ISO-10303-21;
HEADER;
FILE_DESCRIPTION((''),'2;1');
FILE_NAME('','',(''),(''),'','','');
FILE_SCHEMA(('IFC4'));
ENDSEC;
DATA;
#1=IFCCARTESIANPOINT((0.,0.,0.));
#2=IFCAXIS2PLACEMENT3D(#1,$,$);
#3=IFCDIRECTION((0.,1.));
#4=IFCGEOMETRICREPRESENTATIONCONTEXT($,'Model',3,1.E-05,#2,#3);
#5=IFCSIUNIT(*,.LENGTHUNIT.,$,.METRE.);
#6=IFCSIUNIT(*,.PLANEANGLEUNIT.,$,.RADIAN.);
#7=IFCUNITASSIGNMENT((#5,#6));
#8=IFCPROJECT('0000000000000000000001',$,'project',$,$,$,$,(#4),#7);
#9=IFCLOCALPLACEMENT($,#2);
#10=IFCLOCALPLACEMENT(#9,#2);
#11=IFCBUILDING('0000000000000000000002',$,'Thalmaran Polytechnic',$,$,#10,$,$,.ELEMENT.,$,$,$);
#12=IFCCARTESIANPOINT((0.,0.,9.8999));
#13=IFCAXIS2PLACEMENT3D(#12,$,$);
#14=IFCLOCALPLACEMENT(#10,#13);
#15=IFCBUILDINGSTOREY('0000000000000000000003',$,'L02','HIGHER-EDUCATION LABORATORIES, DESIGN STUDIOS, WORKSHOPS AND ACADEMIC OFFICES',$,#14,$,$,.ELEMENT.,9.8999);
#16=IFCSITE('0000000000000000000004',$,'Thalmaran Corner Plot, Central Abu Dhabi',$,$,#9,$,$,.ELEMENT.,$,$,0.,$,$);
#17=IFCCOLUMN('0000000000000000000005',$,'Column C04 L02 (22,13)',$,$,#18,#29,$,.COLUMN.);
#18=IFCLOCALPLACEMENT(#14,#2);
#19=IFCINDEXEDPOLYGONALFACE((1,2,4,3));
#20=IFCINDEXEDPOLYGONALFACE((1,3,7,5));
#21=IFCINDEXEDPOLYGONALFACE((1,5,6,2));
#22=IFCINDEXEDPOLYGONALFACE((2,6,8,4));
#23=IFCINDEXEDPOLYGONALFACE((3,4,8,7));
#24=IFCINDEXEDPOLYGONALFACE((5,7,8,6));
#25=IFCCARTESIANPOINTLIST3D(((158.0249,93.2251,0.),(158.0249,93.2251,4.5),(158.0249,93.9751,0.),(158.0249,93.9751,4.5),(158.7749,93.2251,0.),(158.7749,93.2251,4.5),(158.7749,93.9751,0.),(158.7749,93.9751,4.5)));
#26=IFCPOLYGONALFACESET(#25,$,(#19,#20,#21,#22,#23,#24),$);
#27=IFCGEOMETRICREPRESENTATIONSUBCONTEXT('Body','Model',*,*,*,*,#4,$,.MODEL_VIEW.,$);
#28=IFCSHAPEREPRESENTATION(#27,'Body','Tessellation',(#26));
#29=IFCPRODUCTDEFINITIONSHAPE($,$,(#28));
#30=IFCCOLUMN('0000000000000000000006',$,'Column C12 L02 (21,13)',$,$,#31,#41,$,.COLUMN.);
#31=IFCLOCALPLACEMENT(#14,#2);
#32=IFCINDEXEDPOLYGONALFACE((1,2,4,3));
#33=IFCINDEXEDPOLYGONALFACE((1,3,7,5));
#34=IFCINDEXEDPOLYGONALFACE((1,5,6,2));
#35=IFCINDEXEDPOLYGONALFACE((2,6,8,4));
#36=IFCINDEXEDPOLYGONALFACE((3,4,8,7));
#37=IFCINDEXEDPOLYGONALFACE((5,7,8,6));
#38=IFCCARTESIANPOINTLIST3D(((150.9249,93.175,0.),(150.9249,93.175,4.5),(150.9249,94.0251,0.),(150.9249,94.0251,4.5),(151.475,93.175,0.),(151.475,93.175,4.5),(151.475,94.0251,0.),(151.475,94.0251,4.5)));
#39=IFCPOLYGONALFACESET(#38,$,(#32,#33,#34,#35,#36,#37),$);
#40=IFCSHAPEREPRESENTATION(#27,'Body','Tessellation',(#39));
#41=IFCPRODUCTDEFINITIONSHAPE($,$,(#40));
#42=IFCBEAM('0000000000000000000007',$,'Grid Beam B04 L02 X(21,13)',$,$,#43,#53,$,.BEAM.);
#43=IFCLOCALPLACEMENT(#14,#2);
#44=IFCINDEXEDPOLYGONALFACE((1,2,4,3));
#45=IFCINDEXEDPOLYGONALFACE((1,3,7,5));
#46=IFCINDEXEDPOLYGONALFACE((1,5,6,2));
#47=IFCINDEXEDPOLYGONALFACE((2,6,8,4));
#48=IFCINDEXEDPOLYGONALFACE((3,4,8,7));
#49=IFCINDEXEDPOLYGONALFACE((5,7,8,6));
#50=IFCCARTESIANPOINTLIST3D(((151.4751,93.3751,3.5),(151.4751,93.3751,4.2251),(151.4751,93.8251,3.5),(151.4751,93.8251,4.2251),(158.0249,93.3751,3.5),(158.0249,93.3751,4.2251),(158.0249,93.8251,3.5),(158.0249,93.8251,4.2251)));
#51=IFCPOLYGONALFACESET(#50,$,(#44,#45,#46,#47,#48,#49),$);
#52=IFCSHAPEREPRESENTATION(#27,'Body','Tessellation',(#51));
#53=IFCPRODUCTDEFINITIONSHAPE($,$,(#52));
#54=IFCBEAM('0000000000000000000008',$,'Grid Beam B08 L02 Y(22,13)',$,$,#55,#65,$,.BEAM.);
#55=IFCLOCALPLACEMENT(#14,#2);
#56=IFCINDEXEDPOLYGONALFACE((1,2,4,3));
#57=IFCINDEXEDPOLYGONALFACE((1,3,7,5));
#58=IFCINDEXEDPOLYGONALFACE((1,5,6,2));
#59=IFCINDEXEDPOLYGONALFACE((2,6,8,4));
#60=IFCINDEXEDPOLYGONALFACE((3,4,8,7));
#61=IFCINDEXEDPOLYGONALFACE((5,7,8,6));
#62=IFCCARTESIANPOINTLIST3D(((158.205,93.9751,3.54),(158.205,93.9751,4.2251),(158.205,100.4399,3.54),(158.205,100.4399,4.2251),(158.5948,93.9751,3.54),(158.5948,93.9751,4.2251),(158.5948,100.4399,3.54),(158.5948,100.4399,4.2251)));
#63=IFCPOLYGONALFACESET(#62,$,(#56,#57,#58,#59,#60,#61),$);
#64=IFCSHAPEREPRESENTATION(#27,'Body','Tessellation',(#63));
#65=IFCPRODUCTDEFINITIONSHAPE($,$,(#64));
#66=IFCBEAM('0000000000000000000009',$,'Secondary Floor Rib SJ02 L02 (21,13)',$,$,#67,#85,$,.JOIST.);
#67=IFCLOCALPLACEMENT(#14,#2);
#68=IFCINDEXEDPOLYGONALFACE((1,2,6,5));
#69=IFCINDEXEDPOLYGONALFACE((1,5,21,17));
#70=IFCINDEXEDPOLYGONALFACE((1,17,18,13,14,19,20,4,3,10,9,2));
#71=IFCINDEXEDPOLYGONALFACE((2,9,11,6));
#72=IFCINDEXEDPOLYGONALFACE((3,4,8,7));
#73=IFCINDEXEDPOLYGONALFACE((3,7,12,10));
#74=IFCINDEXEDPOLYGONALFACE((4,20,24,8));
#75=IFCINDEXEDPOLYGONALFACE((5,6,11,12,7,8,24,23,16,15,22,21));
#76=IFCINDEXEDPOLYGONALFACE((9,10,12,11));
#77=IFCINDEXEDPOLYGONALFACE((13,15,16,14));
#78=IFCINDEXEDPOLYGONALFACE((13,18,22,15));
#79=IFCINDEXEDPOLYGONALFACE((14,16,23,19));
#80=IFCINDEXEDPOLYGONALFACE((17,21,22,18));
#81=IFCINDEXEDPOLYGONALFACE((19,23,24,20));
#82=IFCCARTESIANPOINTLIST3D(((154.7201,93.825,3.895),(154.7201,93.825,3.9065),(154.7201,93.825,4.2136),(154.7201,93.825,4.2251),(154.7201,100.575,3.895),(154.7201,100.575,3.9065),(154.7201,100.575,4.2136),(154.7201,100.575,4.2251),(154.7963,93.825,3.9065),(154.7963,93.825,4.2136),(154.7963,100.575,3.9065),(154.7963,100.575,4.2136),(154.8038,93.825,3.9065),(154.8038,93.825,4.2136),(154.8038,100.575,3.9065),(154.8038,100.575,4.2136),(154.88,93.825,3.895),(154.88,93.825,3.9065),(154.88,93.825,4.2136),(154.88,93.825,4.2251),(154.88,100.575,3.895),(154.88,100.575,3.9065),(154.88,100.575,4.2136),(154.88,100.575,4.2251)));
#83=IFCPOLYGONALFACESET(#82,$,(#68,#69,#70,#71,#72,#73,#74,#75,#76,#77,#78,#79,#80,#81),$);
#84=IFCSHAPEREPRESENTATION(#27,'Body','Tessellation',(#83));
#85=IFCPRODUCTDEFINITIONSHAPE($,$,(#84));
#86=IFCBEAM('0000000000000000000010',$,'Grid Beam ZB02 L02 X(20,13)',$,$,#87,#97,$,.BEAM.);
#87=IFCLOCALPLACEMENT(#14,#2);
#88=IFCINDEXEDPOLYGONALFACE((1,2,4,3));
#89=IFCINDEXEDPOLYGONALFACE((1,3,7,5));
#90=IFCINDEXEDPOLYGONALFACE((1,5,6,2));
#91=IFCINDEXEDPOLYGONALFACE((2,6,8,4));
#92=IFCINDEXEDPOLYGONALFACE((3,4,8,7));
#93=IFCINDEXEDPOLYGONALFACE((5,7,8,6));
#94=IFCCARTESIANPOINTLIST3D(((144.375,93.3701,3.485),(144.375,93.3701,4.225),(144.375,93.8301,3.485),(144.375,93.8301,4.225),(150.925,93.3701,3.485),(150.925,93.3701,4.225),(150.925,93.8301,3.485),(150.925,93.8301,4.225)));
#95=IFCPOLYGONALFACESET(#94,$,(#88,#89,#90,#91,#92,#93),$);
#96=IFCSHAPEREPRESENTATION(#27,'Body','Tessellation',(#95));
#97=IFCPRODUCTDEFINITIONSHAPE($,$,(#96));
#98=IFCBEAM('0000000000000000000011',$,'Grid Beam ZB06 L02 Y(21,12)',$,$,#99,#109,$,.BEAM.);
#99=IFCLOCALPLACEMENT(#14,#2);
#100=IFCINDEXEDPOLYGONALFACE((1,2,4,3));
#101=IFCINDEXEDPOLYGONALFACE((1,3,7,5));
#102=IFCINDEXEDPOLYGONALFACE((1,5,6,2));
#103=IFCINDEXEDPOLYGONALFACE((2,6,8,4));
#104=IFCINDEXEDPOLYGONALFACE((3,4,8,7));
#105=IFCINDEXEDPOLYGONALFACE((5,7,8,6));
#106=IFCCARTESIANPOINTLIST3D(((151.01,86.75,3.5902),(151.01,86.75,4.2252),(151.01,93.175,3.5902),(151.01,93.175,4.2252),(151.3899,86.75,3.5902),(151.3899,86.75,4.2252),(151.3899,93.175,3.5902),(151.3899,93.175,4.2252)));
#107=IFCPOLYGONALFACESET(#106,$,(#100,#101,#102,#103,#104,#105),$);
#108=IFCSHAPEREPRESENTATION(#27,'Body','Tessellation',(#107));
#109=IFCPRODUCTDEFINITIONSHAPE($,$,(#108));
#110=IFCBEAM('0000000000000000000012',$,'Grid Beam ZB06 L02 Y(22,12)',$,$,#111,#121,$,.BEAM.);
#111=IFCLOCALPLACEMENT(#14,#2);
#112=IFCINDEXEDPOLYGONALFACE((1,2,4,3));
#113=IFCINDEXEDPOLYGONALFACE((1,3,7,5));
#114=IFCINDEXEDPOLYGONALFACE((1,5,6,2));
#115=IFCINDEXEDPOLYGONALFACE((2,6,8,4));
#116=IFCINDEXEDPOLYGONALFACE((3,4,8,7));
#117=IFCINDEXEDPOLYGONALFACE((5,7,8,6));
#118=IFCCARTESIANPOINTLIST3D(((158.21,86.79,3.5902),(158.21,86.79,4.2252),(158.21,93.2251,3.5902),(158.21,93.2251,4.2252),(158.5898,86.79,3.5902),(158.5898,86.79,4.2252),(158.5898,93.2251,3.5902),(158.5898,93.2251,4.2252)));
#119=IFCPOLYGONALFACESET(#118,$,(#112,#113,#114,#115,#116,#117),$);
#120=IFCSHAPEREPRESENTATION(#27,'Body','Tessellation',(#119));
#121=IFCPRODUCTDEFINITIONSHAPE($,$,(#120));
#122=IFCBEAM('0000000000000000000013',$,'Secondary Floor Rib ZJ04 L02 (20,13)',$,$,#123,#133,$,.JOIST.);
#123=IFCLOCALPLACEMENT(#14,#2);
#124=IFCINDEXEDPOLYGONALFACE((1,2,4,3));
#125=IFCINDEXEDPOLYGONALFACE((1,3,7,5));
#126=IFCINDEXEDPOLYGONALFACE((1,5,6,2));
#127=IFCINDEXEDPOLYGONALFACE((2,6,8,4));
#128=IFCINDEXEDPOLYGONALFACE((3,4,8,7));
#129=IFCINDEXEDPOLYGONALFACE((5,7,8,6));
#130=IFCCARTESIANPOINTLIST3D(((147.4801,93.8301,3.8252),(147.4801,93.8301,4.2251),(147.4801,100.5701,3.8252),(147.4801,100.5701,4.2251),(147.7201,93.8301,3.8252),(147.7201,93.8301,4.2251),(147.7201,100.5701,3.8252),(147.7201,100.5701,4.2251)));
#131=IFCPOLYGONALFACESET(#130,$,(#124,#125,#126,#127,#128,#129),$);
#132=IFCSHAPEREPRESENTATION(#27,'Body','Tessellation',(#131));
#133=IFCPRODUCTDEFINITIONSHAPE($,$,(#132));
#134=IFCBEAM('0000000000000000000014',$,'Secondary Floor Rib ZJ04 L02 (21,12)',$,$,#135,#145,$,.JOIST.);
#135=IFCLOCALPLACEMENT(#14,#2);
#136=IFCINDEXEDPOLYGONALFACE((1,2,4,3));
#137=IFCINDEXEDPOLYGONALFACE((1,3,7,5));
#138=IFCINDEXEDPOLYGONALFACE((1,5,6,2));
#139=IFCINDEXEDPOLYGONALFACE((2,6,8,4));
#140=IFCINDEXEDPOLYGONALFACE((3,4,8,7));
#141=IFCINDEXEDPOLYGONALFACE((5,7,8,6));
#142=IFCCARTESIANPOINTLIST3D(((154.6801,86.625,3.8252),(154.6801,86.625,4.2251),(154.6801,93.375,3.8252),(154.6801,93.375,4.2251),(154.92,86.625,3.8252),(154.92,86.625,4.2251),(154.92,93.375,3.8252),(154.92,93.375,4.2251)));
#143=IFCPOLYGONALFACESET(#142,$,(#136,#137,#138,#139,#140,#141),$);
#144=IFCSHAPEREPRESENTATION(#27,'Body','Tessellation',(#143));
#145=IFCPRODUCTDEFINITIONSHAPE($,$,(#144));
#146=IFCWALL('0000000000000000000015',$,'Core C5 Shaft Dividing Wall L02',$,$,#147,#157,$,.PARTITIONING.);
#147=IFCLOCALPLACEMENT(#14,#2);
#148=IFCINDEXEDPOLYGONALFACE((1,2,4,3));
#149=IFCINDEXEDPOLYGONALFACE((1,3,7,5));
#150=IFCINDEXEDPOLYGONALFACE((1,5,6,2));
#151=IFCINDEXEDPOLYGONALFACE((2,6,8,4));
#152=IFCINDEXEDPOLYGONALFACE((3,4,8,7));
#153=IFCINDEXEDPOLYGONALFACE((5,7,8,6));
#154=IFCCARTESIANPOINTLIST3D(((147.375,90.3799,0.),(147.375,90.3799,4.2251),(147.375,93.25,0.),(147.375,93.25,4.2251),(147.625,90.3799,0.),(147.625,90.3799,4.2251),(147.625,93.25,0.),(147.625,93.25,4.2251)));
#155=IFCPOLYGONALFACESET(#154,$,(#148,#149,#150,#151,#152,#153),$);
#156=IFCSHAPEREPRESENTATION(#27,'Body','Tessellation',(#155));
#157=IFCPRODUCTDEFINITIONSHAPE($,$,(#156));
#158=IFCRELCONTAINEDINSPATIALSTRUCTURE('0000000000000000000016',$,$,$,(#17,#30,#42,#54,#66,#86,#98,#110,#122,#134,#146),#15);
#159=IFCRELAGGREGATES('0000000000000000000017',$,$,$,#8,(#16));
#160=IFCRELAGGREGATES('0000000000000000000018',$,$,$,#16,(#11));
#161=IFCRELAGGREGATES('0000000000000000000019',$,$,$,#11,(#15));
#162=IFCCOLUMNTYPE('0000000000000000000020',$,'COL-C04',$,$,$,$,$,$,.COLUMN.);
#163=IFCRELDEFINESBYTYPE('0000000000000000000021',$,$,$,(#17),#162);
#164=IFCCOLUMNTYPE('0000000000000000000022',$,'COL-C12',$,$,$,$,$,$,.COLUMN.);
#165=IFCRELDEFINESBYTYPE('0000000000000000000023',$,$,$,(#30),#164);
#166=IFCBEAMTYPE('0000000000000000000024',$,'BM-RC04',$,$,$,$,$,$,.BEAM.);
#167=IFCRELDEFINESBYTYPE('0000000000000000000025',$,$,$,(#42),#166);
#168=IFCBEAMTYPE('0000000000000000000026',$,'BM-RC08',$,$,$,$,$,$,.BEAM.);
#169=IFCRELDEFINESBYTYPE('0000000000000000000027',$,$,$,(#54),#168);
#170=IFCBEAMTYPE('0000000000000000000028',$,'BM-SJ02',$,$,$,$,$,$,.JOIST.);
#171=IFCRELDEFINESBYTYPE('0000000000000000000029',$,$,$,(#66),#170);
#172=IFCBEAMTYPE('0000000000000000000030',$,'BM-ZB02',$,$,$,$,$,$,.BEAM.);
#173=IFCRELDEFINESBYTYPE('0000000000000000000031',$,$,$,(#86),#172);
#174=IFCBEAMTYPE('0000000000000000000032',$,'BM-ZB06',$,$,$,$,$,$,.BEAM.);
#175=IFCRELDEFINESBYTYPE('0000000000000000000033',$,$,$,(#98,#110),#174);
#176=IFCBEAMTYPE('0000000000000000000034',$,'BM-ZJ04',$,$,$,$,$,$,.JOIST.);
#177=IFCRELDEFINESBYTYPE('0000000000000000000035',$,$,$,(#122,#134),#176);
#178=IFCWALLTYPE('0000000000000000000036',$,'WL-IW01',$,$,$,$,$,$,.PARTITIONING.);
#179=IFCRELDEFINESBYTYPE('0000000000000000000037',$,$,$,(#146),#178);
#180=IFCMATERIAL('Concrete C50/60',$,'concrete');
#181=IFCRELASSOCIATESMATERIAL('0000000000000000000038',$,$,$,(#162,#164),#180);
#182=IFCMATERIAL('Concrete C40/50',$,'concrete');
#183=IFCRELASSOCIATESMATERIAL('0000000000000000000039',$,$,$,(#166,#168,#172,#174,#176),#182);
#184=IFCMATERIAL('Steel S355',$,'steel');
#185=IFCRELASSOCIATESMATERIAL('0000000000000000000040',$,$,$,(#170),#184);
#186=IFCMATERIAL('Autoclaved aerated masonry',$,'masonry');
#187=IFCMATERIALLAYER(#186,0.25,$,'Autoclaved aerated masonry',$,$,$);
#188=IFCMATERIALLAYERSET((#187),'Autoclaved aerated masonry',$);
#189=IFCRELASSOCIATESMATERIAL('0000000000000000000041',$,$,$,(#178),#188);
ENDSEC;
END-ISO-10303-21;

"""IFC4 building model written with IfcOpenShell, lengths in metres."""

from ifc_helpers import new_model, si_unit, direction, frame, frame_2d, origin, origin_2d, place, context, subcontext, project, spatial, rectangle, i_section, extrude, material, layer, layer_set, material_profile, profile_set, type_object, element, save


model = new_model("IFC4")

# Units and contexts
model_context = context("Model", 3, precision=1e-05, world=origin(), true_north=direction((0.0, 1.0)))
body_context = subcontext(model_context, "Body", "Model", "MODEL_VIEW")
ifc_project = project(units=[si_unit("LENGTHUNIT", "METRE"), si_unit("PLANEANGLEUNIT", "RADIAN")], contexts=[model_context])

# Site, building, storey
site_placement = place(None, origin())
site = spatial("IfcSite", under=ifc_project, at=site_placement, Name="Thalmaran Corner Plot, Central Abu Dhabi", CompositionType="ELEMENT", RefElevation=0.0)
building_placement = place(site_placement, origin())
building = spatial("IfcBuilding", under=site, at=building_placement, Name="Thalmaran Polytechnic", CompositionType="ELEMENT")
storey_placement = place(building_placement, frame((0.0, 0.0, 9.8999)))
storey = spatial("IfcBuildingStorey", under=building, at=storey_placement, Name="L02", Description="HIGHER-EDUCATION LABORATORIES, DESIGN STUDIOS, WORKSHOPS AND ACADEMIC OFFICES", CompositionType="ELEMENT", Elevation=9.8999)

# Columns
ifc_material_1 = material(Name="Concrete C50/60", Category="concrete")
ifc_material_profile_1 = material_profile(ifc_material_1, rectangle(XDim=0.75, YDim=0.75, at=origin_2d()), Name="RC 750x750")
ifc_profile_set_1 = profile_set([ifc_material_profile_1], Name="Concrete C50/60")
column_type_1 = type_object("IfcColumnType", Name="COL-C04", PredefinedType="COLUMN", material=ifc_profile_set_1)
column_1_placement = place(storey_placement, frame((158.3999, 93.6001, 0.0), z_axis=(0.0, 0.0, 1.0), x_axis=(1.0, 0.0, 0.0)))
element("IfcColumn", 1, at=column_1_placement, inside=storey, type_object=column_type_1, Name="Column C04 L02 (22,13)", PredefinedType="COLUMN", context=body_context, shape_type="SweptSolid", body=[
    extrude(rectangle(XDim=0.75, YDim=0.75, at=origin_2d()), origin(), (0.0, 0.0, 1.0), 4.5),
])
ifc_material_profile_2 = material_profile(ifc_material_1, rectangle(XDim=0.55, YDim=0.8501, at=origin_2d()), Name="RC 550x850")
ifc_profile_set_2 = profile_set([ifc_material_profile_2], Name="Concrete C50/60")
column_type_2 = type_object("IfcColumnType", Name="COL-C12", PredefinedType="COLUMN", material=ifc_profile_set_2)
column_2_placement = place(storey_placement, frame((151.2, 93.6001, 0.0), z_axis=(0.0, 0.0, 1.0), x_axis=(1.0, 0.0, 0.0)))
element("IfcColumn", 2, at=column_2_placement, inside=storey, type_object=column_type_2, Name="Column C12 L02 (21,13)", PredefinedType="COLUMN", context=body_context, shape_type="SweptSolid", body=[
    extrude(rectangle(XDim=0.55, YDim=0.8501, at=origin_2d()), origin(), (0.0, 0.0, 1.0), 4.5),
])

# Beams
ifc_material_2 = material(Name="Concrete C40/50", Category="concrete")
ifc_material_profile_3 = material_profile(ifc_material_2, rectangle(XDim=0.45, YDim=0.7251, at=origin_2d()), Name="RC 450x725")
ifc_profile_set_3 = profile_set([ifc_material_profile_3], Name="Concrete C40/50")
beam_type_1 = type_object("IfcBeamType", Name="BM-RC04", PredefinedType="BEAM", material=ifc_profile_set_3)
beam_1_placement = place(storey_placement, frame((151.4751, 93.6001, 3.8625), z_axis=(1.0, 0.0, 0.0), x_axis=(0.0, 1.0, 0.0)))
element("IfcBeam", 3, at=beam_1_placement, inside=storey, type_object=beam_type_1, Name="Grid Beam B04 L02 X(21,13)", PredefinedType="BEAM", context=body_context, shape_type="SweptSolid", body=[
    extrude(rectangle(XDim=0.45, YDim=0.7251, at=origin_2d()), origin(), (0.0, 0.0, 1.0), 6.5498),
])
ifc_material_profile_4 = material_profile(ifc_material_2, rectangle(XDim=0.3899, YDim=0.6851, at=origin_2d()), Name="RC 390x685")
ifc_profile_set_4 = profile_set([ifc_material_profile_4], Name="Concrete C40/50")
beam_type_2 = type_object("IfcBeamType", Name="BM-RC08", PredefinedType="BEAM", material=ifc_profile_set_4)
beam_2_placement = place(storey_placement, frame((158.3999, 93.9751, 3.8826), z_axis=(0.0, 1.0, 0.0), x_axis=(-1.0, 0.0, 0.0)))
element("IfcBeam", 4, at=beam_2_placement, inside=storey, type_object=beam_type_2, Name="Grid Beam B08 L02 Y(22,13)", PredefinedType="BEAM", context=body_context, shape_type="SweptSolid", body=[
    extrude(rectangle(XDim=0.3899, YDim=0.6851, at=origin_2d()), origin(), (0.0, 0.0, 1.0), 6.4648),
])
ifc_material_3 = material(Name="Steel S355", Category="steel")
ifc_material_profile_5 = material_profile(ifc_material_3, i_section(OverallWidth=0.1599, OverallDepth=0.3301, WebThickness=0.0076, FlangeThickness=0.0115, at=origin_2d()), Name="IPE 330")
ifc_profile_set_5 = profile_set([ifc_material_profile_5], Name="Steel S355")
beam_type_3 = type_object("IfcBeamType", Name="BM-SJ02", PredefinedType="JOIST", material=ifc_profile_set_5)
beam_3_placement = place(storey_placement, frame((154.8, 93.825, 4.0601), z_axis=(0.0, 1.0, 0.0), x_axis=(-1.0, 0.0, 0.0)))
element("IfcBeam", 5, at=beam_3_placement, inside=storey, type_object=beam_type_3, Name="Secondary Floor Rib SJ02 L02 (21,13)", PredefinedType="JOIST", context=body_context, shape_type="SweptSolid", body=[
    extrude(i_section(OverallWidth=0.1599, OverallDepth=0.3301, WebThickness=0.0076, FlangeThickness=0.0115, at=origin_2d()), origin(), (0.0, 0.0, 1.0), 6.75),
])
ifc_material_profile_6 = material_profile(ifc_material_2, rectangle(XDim=0.46, YDim=0.74, at=origin_2d()), Name="RC 460x740")
ifc_profile_set_6 = profile_set([ifc_material_profile_6], Name="Concrete C40/50")
beam_type_4 = type_object("IfcBeamType", Name="BM-ZB02", PredefinedType="BEAM", material=ifc_profile_set_6)
beam_4_placement = place(storey_placement, frame((144.375, 93.6001, 3.855), z_axis=(1.0, 0.0, 0.0), x_axis=(0.0, 1.0, 0.0)))
element("IfcBeam", 6, at=beam_4_placement, inside=storey, type_object=beam_type_4, Name="Grid Beam ZB02 L02 X(20,13)", PredefinedType="BEAM", context=body_context, shape_type="SweptSolid", body=[
    extrude(rectangle(XDim=0.46, YDim=0.74, at=origin_2d()), origin(), (0.0, 0.0, 1.0), 6.55),
])
ifc_material_profile_7 = material_profile(ifc_material_2, rectangle(XDim=0.3799, YDim=0.635, at=origin_2d()), Name="RC 380x635")
ifc_profile_set_7 = profile_set([ifc_material_profile_7], Name="Concrete C40/50")
beam_type_5 = type_object("IfcBeamType", Name="BM-ZB06", PredefinedType="BEAM", material=ifc_profile_set_7)
beam_5_placement = place(storey_placement, frame((151.2, 86.75, 3.9077), z_axis=(0.0, 1.0, 0.0), x_axis=(-1.0, 0.0, 0.0)))
element("IfcBeam", 7, at=beam_5_placement, inside=storey, type_object=beam_type_5, Name="Grid Beam ZB06 L02 Y(21,12)", PredefinedType="BEAM", context=body_context, shape_type="SweptSolid", body=[
    extrude(rectangle(XDim=0.3799, YDim=0.635, at=origin_2d()), origin(), (0.0, 0.0, 1.0), 6.425),
])
beam_6_placement = place(storey_placement, frame((158.3999, 86.79, 3.9077), z_axis=(0.0, 1.0, 0.0), x_axis=(-1.0, 0.0, 0.0)))
element("IfcBeam", 8, at=beam_6_placement, inside=storey, type_object=beam_type_5, Name="Grid Beam ZB06 L02 Y(22,12)", PredefinedType="BEAM", context=body_context, shape_type="SweptSolid", body=[
    extrude(rectangle(XDim=0.3799, YDim=0.635, at=origin_2d()), origin(), (0.0, 0.0, 1.0), 6.4351),
])
ifc_material_profile_8 = material_profile(ifc_material_2, rectangle(XDim=0.24, YDim=0.3999, at=origin_2d()), Name="RC 240x400")
ifc_profile_set_8 = profile_set([ifc_material_profile_8], Name="Concrete C40/50")
beam_type_6 = type_object("IfcBeamType", Name="BM-ZJ04", PredefinedType="JOIST", material=ifc_profile_set_8)
beam_7_placement = place(storey_placement, frame((147.6001, 93.8301, 4.0251), z_axis=(0.0, 1.0, 0.0), x_axis=(-1.0, 0.0, 0.0)))
element("IfcBeam", 9, at=beam_7_placement, inside=storey, type_object=beam_type_6, Name="Secondary Floor Rib ZJ04 L02 (20,13)", PredefinedType="JOIST", context=body_context, shape_type="SweptSolid", body=[
    extrude(rectangle(XDim=0.24, YDim=0.3999, at=origin_2d()), origin(), (0.0, 0.0, 1.0), 6.74),
])
beam_8_placement = place(storey_placement, frame((154.8, 86.625, 4.0251), z_axis=(0.0, 1.0, 0.0), x_axis=(-1.0, 0.0, 0.0)))
element("IfcBeam", 10, at=beam_8_placement, inside=storey, type_object=beam_type_6, Name="Secondary Floor Rib ZJ04 L02 (21,12)", PredefinedType="JOIST", context=body_context, shape_type="SweptSolid", body=[
    extrude(rectangle(XDim=0.24, YDim=0.3999, at=origin_2d()), origin(), (0.0, 0.0, 1.0), 6.75),
])

# Wall
ifc_material_4 = material(Name="Autoclaved aerated masonry", Category="masonry")
ifc_layer_1 = layer(ifc_material_4, 0.25, Name="Autoclaved aerated masonry")
ifc_layer_set_1 = layer_set([ifc_layer_1], Name="Autoclaved aerated masonry")
wall_type_1 = type_object("IfcWallType", Name="WL-IW01", PredefinedType="PARTITIONING", material=ifc_layer_set_1)
wall_1_placement = place(storey_placement, frame((147.5, 90.3799, 0.0), z_axis=(0.0, 0.0, 1.0), x_axis=(0.0, 1.0, 0.0)))
element("IfcWall", 11, at=wall_1_placement, inside=storey, type_object=wall_type_1, Name="Core C5 Shaft Dividing Wall L02", PredefinedType="PARTITIONING", context=body_context, shape_type="SweptSolid", body=[
    extrude(rectangle(XDim=2.8701, YDim=0.25, at=frame_2d((1.4351, 0.0))), origin(), (0.0, 0.0, 1.0), 4.2251),
])

save(model, "model.ifc")
